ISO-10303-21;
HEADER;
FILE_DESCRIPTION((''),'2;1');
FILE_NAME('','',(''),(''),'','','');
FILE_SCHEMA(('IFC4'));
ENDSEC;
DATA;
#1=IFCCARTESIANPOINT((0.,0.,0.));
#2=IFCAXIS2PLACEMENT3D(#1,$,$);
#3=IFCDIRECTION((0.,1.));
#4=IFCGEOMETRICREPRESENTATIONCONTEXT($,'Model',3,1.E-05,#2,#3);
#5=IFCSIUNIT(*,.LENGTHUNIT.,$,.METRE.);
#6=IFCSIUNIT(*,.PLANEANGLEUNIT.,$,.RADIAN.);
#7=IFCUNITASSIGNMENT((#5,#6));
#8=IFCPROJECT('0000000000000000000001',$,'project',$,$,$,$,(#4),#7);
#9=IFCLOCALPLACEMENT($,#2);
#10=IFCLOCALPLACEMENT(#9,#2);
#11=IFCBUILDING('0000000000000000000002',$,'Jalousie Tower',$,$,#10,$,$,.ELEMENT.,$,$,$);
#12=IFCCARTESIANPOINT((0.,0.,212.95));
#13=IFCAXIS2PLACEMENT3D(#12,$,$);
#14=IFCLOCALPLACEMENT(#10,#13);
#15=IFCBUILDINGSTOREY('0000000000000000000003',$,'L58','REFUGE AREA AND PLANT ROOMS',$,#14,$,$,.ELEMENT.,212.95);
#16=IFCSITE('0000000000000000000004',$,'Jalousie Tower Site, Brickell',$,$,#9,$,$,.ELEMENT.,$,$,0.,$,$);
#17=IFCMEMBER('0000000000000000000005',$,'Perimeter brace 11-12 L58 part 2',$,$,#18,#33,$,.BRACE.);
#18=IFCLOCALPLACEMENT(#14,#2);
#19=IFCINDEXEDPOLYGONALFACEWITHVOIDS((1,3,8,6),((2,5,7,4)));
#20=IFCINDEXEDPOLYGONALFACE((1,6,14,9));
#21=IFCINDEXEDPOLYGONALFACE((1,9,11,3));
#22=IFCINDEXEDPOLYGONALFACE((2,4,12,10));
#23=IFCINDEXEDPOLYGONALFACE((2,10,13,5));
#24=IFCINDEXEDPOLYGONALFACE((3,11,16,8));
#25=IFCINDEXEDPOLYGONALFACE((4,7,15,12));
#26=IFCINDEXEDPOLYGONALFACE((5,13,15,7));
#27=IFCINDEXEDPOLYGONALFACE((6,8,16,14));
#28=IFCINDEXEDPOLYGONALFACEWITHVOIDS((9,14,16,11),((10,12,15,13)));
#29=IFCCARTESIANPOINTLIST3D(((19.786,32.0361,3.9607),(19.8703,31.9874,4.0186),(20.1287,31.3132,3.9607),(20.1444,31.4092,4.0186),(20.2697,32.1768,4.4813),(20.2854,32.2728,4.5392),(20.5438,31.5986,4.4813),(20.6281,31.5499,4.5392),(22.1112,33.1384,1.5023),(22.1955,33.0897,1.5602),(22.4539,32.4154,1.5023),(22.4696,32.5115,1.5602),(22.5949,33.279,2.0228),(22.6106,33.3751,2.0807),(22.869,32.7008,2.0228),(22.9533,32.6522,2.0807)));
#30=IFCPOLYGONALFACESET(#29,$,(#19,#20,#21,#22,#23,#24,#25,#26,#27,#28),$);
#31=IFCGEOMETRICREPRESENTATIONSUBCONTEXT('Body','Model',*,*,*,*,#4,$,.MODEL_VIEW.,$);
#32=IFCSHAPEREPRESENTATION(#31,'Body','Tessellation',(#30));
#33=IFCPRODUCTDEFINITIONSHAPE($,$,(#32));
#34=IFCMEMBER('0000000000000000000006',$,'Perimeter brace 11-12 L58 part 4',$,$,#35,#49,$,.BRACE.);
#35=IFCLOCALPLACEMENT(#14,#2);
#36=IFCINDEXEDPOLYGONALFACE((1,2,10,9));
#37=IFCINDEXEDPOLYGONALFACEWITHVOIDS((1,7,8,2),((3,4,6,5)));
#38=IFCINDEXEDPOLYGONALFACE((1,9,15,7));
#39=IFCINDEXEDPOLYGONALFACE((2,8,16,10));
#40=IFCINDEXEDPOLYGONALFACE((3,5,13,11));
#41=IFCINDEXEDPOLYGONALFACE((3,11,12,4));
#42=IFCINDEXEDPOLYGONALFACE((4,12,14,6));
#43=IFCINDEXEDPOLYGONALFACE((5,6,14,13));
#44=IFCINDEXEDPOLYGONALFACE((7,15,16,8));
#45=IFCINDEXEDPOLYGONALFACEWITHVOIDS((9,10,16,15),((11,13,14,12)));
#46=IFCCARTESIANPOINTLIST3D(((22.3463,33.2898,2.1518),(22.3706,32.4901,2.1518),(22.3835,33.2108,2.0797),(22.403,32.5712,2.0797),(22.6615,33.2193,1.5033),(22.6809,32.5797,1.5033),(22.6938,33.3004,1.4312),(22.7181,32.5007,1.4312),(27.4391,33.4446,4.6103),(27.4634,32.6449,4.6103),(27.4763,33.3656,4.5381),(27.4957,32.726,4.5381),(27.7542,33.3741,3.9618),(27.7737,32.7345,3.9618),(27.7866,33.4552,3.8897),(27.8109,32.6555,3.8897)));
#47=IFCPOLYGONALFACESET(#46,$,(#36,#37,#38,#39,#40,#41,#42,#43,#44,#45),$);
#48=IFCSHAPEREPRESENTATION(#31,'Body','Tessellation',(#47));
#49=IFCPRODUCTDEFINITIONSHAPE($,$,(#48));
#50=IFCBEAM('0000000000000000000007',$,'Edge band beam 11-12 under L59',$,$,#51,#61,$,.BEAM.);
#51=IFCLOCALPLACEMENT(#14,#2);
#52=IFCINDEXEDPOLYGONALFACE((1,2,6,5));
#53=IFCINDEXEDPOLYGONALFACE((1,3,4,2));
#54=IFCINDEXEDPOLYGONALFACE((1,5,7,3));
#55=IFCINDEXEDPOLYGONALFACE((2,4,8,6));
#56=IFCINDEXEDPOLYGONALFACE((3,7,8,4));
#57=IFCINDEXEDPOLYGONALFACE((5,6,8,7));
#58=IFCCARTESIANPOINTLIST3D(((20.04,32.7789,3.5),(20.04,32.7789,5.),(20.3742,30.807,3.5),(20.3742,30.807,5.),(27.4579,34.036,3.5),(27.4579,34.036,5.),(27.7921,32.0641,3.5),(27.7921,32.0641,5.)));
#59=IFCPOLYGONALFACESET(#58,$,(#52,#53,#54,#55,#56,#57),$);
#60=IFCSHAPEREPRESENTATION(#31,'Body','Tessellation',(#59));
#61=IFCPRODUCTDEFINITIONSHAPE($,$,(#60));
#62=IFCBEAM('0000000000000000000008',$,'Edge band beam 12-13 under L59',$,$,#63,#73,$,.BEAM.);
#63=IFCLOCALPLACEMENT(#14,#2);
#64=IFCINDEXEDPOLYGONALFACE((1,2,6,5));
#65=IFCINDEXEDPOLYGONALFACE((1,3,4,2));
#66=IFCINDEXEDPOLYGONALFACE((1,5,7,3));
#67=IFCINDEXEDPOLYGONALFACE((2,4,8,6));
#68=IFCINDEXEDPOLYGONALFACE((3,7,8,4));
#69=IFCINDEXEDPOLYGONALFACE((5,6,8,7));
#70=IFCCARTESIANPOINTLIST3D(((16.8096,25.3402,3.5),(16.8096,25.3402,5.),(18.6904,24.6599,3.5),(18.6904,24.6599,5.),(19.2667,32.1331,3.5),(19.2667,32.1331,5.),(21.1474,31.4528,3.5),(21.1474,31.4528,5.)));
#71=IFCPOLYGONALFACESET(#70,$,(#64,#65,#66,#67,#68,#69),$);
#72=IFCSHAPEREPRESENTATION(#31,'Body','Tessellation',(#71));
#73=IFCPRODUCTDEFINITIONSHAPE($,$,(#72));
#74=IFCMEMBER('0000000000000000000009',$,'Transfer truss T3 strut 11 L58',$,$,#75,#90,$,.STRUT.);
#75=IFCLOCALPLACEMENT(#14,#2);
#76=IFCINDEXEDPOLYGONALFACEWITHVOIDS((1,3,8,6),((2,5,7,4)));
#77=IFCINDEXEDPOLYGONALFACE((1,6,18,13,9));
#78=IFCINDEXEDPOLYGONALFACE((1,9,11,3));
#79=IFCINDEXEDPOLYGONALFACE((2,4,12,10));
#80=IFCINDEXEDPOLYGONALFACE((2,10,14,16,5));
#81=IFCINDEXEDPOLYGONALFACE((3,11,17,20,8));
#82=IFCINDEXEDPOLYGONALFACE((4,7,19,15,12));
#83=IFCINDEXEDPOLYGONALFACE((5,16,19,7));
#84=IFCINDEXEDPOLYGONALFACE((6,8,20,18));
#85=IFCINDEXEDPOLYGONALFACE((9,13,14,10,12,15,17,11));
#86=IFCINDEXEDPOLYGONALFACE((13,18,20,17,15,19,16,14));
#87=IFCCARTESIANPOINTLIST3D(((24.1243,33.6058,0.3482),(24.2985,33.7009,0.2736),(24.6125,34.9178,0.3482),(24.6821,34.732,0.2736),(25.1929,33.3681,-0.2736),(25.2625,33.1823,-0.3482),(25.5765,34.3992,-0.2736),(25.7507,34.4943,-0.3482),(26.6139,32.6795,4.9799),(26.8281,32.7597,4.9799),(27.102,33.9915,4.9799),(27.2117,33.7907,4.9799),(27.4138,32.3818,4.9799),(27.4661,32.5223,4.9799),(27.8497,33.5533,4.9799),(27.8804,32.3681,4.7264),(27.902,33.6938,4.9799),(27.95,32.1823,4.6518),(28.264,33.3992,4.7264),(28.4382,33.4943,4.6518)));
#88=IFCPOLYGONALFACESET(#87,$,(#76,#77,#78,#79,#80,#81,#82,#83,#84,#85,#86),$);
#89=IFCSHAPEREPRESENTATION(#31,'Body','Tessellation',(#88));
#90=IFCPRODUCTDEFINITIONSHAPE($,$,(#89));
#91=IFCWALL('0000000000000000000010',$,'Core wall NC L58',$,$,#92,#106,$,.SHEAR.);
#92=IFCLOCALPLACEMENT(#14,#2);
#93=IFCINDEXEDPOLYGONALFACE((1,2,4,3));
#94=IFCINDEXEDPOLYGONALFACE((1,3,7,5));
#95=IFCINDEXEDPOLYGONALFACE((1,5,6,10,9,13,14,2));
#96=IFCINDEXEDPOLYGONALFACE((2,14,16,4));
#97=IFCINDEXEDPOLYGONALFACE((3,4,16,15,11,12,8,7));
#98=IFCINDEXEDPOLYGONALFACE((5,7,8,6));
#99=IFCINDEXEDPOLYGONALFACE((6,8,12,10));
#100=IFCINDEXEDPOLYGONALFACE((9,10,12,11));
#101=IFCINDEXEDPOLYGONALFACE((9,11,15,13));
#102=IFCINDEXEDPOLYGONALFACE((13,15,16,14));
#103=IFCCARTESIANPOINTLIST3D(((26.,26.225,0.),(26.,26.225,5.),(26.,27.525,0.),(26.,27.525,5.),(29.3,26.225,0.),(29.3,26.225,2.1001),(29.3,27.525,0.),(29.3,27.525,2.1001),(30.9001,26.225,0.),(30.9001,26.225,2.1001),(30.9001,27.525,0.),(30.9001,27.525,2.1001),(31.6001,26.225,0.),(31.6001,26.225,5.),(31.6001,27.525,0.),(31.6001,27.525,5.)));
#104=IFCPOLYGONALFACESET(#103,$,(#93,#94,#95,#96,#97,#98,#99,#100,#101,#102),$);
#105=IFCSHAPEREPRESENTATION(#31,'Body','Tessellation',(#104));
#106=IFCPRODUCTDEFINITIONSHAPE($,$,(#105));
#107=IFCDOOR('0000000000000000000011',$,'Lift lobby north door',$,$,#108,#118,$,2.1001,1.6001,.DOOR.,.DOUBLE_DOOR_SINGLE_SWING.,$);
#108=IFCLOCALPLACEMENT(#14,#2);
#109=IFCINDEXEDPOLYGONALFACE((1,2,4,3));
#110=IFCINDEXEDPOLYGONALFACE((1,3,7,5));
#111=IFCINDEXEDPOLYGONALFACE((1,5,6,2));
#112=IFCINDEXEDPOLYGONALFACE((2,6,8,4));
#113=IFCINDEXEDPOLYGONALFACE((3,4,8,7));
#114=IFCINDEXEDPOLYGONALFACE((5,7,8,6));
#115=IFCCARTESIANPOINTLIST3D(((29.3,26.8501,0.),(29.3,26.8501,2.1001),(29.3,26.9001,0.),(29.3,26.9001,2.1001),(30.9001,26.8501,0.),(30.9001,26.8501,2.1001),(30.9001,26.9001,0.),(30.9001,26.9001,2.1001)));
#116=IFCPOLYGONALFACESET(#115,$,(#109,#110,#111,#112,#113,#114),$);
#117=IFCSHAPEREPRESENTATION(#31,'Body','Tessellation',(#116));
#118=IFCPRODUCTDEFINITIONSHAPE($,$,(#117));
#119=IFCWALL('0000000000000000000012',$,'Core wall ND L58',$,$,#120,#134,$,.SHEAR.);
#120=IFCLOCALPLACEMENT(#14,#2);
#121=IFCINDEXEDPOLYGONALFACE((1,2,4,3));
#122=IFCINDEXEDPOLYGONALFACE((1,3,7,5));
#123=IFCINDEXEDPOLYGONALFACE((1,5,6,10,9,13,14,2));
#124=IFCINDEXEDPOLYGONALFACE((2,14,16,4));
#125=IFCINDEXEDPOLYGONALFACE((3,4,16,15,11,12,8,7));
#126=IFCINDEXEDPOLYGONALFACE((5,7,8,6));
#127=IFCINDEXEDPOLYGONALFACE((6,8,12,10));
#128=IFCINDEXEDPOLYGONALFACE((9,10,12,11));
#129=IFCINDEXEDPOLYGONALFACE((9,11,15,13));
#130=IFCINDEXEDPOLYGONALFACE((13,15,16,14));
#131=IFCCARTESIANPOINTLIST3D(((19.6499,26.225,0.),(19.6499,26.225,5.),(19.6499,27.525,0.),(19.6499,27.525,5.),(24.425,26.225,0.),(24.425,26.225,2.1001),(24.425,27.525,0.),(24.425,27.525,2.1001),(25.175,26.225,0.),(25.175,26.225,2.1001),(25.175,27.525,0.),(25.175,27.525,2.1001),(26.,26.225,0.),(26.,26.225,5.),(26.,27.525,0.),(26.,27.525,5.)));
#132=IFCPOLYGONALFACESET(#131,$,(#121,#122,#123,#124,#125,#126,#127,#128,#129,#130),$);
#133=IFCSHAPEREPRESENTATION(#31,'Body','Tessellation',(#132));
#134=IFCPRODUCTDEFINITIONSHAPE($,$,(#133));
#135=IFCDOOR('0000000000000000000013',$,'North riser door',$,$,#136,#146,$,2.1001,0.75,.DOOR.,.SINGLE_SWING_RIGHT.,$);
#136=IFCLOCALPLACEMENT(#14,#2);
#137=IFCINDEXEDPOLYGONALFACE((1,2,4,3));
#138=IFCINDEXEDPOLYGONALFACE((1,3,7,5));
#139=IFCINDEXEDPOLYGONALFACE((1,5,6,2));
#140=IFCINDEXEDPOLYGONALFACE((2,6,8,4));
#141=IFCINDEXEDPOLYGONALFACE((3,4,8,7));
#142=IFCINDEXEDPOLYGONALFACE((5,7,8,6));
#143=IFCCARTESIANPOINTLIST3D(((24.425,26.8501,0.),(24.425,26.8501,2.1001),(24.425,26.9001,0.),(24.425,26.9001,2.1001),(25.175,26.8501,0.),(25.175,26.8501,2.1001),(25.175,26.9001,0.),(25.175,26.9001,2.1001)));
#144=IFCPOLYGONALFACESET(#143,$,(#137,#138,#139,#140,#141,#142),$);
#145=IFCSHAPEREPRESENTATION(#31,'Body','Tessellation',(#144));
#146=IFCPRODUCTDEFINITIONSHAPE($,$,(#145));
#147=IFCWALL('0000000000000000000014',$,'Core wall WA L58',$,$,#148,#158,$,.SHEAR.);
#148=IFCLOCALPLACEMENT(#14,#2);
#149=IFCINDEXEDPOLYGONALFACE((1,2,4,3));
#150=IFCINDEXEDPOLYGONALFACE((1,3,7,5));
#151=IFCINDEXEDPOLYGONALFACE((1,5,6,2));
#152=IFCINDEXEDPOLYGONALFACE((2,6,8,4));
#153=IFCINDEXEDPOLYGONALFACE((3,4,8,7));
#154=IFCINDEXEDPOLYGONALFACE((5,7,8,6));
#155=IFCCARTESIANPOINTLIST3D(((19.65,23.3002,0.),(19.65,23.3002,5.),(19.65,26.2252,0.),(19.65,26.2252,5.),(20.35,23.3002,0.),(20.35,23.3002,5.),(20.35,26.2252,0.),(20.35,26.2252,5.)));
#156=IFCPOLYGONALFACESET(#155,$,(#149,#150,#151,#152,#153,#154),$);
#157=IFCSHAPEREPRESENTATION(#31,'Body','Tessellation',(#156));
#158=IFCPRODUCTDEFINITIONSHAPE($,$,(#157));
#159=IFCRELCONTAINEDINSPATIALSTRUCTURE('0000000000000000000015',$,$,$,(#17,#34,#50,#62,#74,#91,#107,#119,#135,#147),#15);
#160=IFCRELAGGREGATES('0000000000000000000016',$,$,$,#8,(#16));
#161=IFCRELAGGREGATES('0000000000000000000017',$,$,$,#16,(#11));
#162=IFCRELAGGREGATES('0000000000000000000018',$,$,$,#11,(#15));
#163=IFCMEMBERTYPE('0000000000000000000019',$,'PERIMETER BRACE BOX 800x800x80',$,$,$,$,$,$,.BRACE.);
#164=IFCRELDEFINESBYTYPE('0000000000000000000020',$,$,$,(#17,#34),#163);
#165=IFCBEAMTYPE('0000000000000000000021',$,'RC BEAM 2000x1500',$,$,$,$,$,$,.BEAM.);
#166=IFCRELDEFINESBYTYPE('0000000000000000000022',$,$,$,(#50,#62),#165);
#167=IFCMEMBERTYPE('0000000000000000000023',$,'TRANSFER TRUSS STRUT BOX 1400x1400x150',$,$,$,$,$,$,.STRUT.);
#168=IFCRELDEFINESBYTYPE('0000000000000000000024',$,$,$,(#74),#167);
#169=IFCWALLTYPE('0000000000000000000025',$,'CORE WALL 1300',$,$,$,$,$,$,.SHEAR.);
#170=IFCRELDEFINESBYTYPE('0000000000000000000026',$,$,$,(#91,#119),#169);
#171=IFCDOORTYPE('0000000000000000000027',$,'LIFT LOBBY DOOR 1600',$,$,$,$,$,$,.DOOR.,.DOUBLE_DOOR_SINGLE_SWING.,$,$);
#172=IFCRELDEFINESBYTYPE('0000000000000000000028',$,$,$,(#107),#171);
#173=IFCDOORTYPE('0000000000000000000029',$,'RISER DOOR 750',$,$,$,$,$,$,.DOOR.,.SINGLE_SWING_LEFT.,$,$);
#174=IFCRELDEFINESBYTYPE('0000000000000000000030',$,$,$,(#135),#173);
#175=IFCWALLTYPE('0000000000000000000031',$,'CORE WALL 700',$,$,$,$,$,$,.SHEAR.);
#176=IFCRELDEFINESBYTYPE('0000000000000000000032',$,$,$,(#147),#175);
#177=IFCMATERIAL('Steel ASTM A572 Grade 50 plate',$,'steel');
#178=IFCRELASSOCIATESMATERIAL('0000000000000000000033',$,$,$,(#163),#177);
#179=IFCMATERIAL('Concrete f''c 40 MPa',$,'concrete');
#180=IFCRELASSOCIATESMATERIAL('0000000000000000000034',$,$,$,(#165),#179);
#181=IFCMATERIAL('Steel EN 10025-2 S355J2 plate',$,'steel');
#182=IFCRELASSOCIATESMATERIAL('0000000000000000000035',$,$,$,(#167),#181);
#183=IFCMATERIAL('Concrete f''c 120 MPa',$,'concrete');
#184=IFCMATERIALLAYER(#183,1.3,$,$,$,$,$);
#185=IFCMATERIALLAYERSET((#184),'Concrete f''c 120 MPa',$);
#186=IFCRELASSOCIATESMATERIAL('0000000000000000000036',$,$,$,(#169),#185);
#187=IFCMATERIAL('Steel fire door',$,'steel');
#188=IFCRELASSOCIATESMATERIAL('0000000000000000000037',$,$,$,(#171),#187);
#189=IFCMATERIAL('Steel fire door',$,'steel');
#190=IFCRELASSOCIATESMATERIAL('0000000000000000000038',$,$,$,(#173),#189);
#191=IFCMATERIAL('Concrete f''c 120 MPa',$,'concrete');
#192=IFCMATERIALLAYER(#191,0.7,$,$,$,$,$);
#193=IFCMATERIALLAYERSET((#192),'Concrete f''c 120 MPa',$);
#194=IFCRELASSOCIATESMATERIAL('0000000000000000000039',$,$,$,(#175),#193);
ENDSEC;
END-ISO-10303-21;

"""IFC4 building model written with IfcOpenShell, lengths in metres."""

from ifc_helpers import new_model, si_unit, direction, frame, frame_2d, origin, origin_2d, place, context, subcontext, project, spatial, rectangle, hollow_rectangle, extrude, clip, halfspace, material, layer, layer_set, material_profile, profile_set, type_object, element, fill, save


model = new_model("IFC4")

# Units and contexts
model_context = context("Model", 3, precision=1e-05, world=origin(), true_north=direction((0.0, 1.0)))
body_context = subcontext(model_context, "Body", "Model", "MODEL_VIEW")
ifc_project = project(units=[si_unit("LENGTHUNIT", "METRE"), si_unit("PLANEANGLEUNIT", "RADIAN")], contexts=[model_context])

# Site, building, storey
site_placement = place(None, origin())
site = spatial("IfcSite", under=ifc_project, at=site_placement, Name="Jalousie Tower Site, Brickell", CompositionType="ELEMENT", RefElevation=0.0)
building_placement = place(site_placement, origin())
building = spatial("IfcBuilding", under=site, at=building_placement, Name="Jalousie Tower", CompositionType="ELEMENT")
storey_placement = place(building_placement, frame((0.0, 0.0, 212.95)))
storey = spatial("IfcBuildingStorey", under=building, at=storey_placement, Name="L58", Description="REFUGE AREA AND PLANT ROOMS", CompositionType="ELEMENT", Elevation=212.95)

# Members
ifc_material_1 = material(Name="Steel ASTM A572 Grade 50 plate", Category="steel")
ifc_material_profile_1 = material_profile(ifc_material_1, hollow_rectangle(XDim=0.8, YDim=0.8, WallThickness=0.0801, at=origin_2d()), Name="BOX 800x800x80")
ifc_profile_set_1 = profile_set([ifc_material_profile_1], Name="Steel ASTM A572 Grade 50 plate")
member_type_1 = type_object("IfcMemberType", Name="PERIMETER BRACE BOX 800x800x80", PredefinedType="BRACE", material=ifc_profile_set_1)
member_1_placement = place(storey_placement, frame((22.5322, 32.8953, 1.7915), z_axis=(-0.653346, -0.309729, 0.690802), x_axis=(0.428368, -0.903604, 0.0)))
element("IfcMember", 1, at=member_1_placement, inside=storey, type_object=member_type_1, Name="Perimeter brace 11-12 L58 part 2", PredefinedType="BRACE", context=body_context, shape_type="SweptSolid", body=[
    extrude(hollow_rectangle(XDim=0.8, YDim=0.8, WallThickness=0.0801, at=origin_2d()), origin(), (0.0, 0.0, 1.0), 3.5588),
])
member_2_placement = place(storey_placement, frame((22.5322, 32.8953, 1.7915), z_axis=(0.90022, 0.02736, 0.434574), x_axis=(-0.030379, 0.999538, 0.0)))
element("IfcMember", 2, at=member_2_placement, inside=storey, type_object=member_type_1, Name="Perimeter brace 11-12 L58 part 4", PredefinedType="BRACE", context=body_context, shape_type="SweptSolid", body=[
    extrude(hollow_rectangle(XDim=0.8, YDim=0.8, WallThickness=0.0801, at=origin_2d()), origin(), (0.0, 0.0, 1.0), 5.6572),
])

# Beams
ifc_material_2 = material(Name="Concrete f'c 40 MPa", Category="concrete")
ifc_material_profile_2 = material_profile(ifc_material_2, rectangle(XDim=2.0, YDim=1.5, at=origin_2d()), Name="RC 2000x1500")
ifc_profile_set_2 = profile_set([ifc_material_profile_2], Name="Concrete f'c 40 MPa")
beam_type_1 = type_object("IfcBeamType", Name="RC BEAM 2000x1500", PredefinedType="BEAM", material=ifc_profile_set_2)
beam_1_placement = place(storey_placement, frame((27.625, 33.05, 4.25), z_axis=(-0.985943, -0.167082, 0.0), x_axis=(0.167082, -0.985943, 0.0)))
element("IfcBeam", 3, at=beam_1_placement, inside=storey, type_object=beam_type_1, Name="Edge band beam 11-12 under L59", PredefinedType="BEAM", context=body_context, shape_type="SweptSolid", body=[
    extrude(rectangle(XDim=2.0, YDim=1.5, at=origin_2d()), origin(), (0.0, 0.0, 1.0), 7.5237),
])
beam_2_placement = place(storey_placement, frame((20.207, 31.793, 4.25), z_axis=(-0.340136, -0.940376, 0.0), x_axis=(0.940376, -0.340136, 0.0)))
element("IfcBeam", 4, at=beam_2_placement, inside=storey, type_object=beam_type_1, Name="Edge band beam 12-13 under L59", PredefinedType="BEAM", context=body_context, shape_type="SweptSolid", body=[
    extrude(rectangle(XDim=2.0, YDim=1.5, at=origin_2d()), origin(), (0.0, 0.0, 1.0), 7.2236),
])

# Member
ifc_material_3 = material(Name="Steel EN 10025-2 S355J2 plate", Category="steel")
ifc_material_profile_3 = material_profile(ifc_material_3, hollow_rectangle(XDim=1.3999, YDim=1.3999, WallThickness=0.1499, at=origin_2d()), Name="BOX 1400x1400x150")
ifc_profile_set_3 = profile_set([ifc_material_profile_3], Name="Steel EN 10025-2 S355J2 plate")
member_type_2 = type_object("IfcMemberType", Name="TRANSFER TRUSS STRUT BOX 1400x1400x150", PredefinedType="STRUT", material=ifc_profile_set_3)
member_3_placement = place(storey_placement, frame((24.9375, 34.05, 0.0), z_axis=(0.466263, -0.173493, 0.867467), x_axis=(0.348734, 0.937222, 0.0)))
element("IfcMember", 5, at=member_3_placement, inside=storey, type_object=member_type_2, Name="Transfer truss T3 strut 11 L58", PredefinedType="STRUT", context=body_context, shape_type="Clipping", body=[
    clip(extrude(hollow_rectangle(XDim=1.3999, YDim=1.3999, WallThickness=0.1499, at=origin_2d()), origin(), (0.0, 0.0, 1.0), 5.7639), halfspace(frame((0.0, 0.0, 5.7407), z_axis=(0.0, 0.497495, 0.867467)), False)),
])

# Walls, openings, doors
ifc_material_4 = material(Name="Concrete f'c 120 MPa", Category="concrete")
ifc_layer_1 = layer(ifc_material_4, 1.3)
ifc_layer_set_1 = layer_set([ifc_layer_1], Name="Concrete f'c 120 MPa")
wall_type_1 = type_object("IfcWallType", Name="CORE WALL 1300", PredefinedType="SHEAR", material=ifc_layer_set_1)
wall_1_placement = place(storey_placement, frame((31.6001, 26.875, 0.0), z_axis=(0.0, 0.0, 1.0), x_axis=(-1.0, 0.0, 0.0)))
wall_1 = element("IfcWall", 6, at=wall_1_placement, inside=storey, type_object=wall_type_1, Name="Core wall NC L58", PredefinedType="SHEAR", context=body_context, shape_type="SweptSolid", body=[
    extrude(rectangle(XDim=5.6001, YDim=1.3, at=frame_2d((2.8, 0.0))), origin(), (0.0, 0.0, 1.0), 5.0),
])
opening_1_placement = place(wall_1_placement, frame((0.7, 0.0, 0.0)))
opening_1 = element("IfcOpeningElement", 7, at=opening_1_placement, cuts=wall_1, PredefinedType="OPENING", context=body_context, shape_type="SweptSolid", body=[
    extrude(rectangle(XDim=1.6001, YDim=2.1001, at=frame_2d((0.8, 1.05))), frame((0.0, 0.6599, 0.0), z_axis=(0.0, -1.0, 0.0), x_axis=(1.0, 0.0, 0.0)), (0.0, 0.0, 1.0), 1.3201),
])
ifc_material_5 = material(Name="Steel fire door", Category="steel")
door_type_1 = type_object("IfcDoorType", Name="LIFT LOBBY DOOR 1600", OperationType="DOUBLE_DOOR_SINGLE_SWING", PredefinedType="DOOR", material=ifc_material_5)
door_1_placement = place(opening_1_placement, origin())
door_1 = element("IfcDoor", 8, at=door_1_placement, inside=storey, type_object=door_type_1, Name="Lift lobby north door", OperationType="DOUBLE_DOOR_SINGLE_SWING", OverallHeight=2.1001, OverallWidth=1.6001, PredefinedType="DOOR", context=body_context, shape_type="SweptSolid", body=[
    extrude(rectangle(XDim=1.6001, YDim=2.1001, at=frame_2d((0.8, 1.05))), frame((0.0, 0.0249, 0.0), z_axis=(0.0, -1.0, 0.0), x_axis=(1.0, 0.0, 0.0)), (0.0, 0.0, 1.0), 0.05),
])
fill(opening_1, door_1)
wall_2_placement = place(storey_placement, frame((26.0, 26.875, 0.0), z_axis=(0.0, 0.0, 1.0), x_axis=(-1.0, 0.0, 0.0)))
wall_2 = element("IfcWall", 9, at=wall_2_placement, inside=storey, type_object=wall_type_1, Name="Core wall ND L58", PredefinedType="SHEAR", context=body_context, shape_type="SweptSolid", body=[
    extrude(rectangle(XDim=6.3501, YDim=1.3, at=frame_2d((3.175, 0.0))), origin(), (0.0, 0.0, 1.0), 5.0),
])
opening_2_placement = place(wall_2_placement, frame((0.825, 0.0, 0.0)))
opening_2 = element("IfcOpeningElement", 10, at=opening_2_placement, cuts=wall_2, PredefinedType="OPENING", context=body_context, shape_type="SweptSolid", body=[
    extrude(rectangle(XDim=0.75, YDim=2.1001, at=frame_2d((0.375, 1.05))), frame((0.0, 0.6599, 0.0), z_axis=(0.0, -1.0, 0.0), x_axis=(1.0, 0.0, 0.0)), (0.0, 0.0, 1.0), 1.3201),
])
ifc_material_6 = material(Name="Steel fire door", Category="steel")
door_type_2 = type_object("IfcDoorType", Name="RISER DOOR 750", OperationType="SINGLE_SWING_LEFT", PredefinedType="DOOR", material=ifc_material_6)
door_2_placement = place(opening_2_placement, origin())
door_2 = element("IfcDoor", 11, at=door_2_placement, inside=storey, type_object=door_type_2, Name="North riser door", OperationType="SINGLE_SWING_RIGHT", OverallHeight=2.1001, OverallWidth=0.75, PredefinedType="DOOR", context=body_context, shape_type="SweptSolid", body=[
    extrude(rectangle(XDim=0.75, YDim=2.1001, at=frame_2d((0.375, 1.05))), frame((0.0, 0.0249, 0.0), z_axis=(0.0, -1.0, 0.0), x_axis=(1.0, 0.0, 0.0)), (0.0, 0.0, 1.0), 0.05),
])
fill(opening_2, door_2)

# Wall
ifc_material_7 = material(Name="Concrete f'c 120 MPa", Category="concrete")
ifc_layer_2 = layer(ifc_material_7, 0.7)
ifc_layer_set_2 = layer_set([ifc_layer_2], Name="Concrete f'c 120 MPa")
wall_type_2 = type_object("IfcWallType", Name="CORE WALL 700", PredefinedType="SHEAR", material=ifc_layer_set_2)
wall_3_placement = place(storey_placement, frame((20.0, 26.2251, 0.0), z_axis=(0.0, 0.0, 1.0), x_axis=(0.0, -1.0, 0.0)))
element("IfcWall", 12, at=wall_3_placement, inside=storey, type_object=wall_type_2, Name="Core wall WA L58", PredefinedType="SHEAR", context=body_context, shape_type="SweptSolid", body=[
    extrude(rectangle(XDim=2.925, YDim=0.7, at=frame_2d((1.4624, 0.0))), origin(), (0.0, 0.0, 1.0), 5.0),
])

save(model, "model.ifc")
